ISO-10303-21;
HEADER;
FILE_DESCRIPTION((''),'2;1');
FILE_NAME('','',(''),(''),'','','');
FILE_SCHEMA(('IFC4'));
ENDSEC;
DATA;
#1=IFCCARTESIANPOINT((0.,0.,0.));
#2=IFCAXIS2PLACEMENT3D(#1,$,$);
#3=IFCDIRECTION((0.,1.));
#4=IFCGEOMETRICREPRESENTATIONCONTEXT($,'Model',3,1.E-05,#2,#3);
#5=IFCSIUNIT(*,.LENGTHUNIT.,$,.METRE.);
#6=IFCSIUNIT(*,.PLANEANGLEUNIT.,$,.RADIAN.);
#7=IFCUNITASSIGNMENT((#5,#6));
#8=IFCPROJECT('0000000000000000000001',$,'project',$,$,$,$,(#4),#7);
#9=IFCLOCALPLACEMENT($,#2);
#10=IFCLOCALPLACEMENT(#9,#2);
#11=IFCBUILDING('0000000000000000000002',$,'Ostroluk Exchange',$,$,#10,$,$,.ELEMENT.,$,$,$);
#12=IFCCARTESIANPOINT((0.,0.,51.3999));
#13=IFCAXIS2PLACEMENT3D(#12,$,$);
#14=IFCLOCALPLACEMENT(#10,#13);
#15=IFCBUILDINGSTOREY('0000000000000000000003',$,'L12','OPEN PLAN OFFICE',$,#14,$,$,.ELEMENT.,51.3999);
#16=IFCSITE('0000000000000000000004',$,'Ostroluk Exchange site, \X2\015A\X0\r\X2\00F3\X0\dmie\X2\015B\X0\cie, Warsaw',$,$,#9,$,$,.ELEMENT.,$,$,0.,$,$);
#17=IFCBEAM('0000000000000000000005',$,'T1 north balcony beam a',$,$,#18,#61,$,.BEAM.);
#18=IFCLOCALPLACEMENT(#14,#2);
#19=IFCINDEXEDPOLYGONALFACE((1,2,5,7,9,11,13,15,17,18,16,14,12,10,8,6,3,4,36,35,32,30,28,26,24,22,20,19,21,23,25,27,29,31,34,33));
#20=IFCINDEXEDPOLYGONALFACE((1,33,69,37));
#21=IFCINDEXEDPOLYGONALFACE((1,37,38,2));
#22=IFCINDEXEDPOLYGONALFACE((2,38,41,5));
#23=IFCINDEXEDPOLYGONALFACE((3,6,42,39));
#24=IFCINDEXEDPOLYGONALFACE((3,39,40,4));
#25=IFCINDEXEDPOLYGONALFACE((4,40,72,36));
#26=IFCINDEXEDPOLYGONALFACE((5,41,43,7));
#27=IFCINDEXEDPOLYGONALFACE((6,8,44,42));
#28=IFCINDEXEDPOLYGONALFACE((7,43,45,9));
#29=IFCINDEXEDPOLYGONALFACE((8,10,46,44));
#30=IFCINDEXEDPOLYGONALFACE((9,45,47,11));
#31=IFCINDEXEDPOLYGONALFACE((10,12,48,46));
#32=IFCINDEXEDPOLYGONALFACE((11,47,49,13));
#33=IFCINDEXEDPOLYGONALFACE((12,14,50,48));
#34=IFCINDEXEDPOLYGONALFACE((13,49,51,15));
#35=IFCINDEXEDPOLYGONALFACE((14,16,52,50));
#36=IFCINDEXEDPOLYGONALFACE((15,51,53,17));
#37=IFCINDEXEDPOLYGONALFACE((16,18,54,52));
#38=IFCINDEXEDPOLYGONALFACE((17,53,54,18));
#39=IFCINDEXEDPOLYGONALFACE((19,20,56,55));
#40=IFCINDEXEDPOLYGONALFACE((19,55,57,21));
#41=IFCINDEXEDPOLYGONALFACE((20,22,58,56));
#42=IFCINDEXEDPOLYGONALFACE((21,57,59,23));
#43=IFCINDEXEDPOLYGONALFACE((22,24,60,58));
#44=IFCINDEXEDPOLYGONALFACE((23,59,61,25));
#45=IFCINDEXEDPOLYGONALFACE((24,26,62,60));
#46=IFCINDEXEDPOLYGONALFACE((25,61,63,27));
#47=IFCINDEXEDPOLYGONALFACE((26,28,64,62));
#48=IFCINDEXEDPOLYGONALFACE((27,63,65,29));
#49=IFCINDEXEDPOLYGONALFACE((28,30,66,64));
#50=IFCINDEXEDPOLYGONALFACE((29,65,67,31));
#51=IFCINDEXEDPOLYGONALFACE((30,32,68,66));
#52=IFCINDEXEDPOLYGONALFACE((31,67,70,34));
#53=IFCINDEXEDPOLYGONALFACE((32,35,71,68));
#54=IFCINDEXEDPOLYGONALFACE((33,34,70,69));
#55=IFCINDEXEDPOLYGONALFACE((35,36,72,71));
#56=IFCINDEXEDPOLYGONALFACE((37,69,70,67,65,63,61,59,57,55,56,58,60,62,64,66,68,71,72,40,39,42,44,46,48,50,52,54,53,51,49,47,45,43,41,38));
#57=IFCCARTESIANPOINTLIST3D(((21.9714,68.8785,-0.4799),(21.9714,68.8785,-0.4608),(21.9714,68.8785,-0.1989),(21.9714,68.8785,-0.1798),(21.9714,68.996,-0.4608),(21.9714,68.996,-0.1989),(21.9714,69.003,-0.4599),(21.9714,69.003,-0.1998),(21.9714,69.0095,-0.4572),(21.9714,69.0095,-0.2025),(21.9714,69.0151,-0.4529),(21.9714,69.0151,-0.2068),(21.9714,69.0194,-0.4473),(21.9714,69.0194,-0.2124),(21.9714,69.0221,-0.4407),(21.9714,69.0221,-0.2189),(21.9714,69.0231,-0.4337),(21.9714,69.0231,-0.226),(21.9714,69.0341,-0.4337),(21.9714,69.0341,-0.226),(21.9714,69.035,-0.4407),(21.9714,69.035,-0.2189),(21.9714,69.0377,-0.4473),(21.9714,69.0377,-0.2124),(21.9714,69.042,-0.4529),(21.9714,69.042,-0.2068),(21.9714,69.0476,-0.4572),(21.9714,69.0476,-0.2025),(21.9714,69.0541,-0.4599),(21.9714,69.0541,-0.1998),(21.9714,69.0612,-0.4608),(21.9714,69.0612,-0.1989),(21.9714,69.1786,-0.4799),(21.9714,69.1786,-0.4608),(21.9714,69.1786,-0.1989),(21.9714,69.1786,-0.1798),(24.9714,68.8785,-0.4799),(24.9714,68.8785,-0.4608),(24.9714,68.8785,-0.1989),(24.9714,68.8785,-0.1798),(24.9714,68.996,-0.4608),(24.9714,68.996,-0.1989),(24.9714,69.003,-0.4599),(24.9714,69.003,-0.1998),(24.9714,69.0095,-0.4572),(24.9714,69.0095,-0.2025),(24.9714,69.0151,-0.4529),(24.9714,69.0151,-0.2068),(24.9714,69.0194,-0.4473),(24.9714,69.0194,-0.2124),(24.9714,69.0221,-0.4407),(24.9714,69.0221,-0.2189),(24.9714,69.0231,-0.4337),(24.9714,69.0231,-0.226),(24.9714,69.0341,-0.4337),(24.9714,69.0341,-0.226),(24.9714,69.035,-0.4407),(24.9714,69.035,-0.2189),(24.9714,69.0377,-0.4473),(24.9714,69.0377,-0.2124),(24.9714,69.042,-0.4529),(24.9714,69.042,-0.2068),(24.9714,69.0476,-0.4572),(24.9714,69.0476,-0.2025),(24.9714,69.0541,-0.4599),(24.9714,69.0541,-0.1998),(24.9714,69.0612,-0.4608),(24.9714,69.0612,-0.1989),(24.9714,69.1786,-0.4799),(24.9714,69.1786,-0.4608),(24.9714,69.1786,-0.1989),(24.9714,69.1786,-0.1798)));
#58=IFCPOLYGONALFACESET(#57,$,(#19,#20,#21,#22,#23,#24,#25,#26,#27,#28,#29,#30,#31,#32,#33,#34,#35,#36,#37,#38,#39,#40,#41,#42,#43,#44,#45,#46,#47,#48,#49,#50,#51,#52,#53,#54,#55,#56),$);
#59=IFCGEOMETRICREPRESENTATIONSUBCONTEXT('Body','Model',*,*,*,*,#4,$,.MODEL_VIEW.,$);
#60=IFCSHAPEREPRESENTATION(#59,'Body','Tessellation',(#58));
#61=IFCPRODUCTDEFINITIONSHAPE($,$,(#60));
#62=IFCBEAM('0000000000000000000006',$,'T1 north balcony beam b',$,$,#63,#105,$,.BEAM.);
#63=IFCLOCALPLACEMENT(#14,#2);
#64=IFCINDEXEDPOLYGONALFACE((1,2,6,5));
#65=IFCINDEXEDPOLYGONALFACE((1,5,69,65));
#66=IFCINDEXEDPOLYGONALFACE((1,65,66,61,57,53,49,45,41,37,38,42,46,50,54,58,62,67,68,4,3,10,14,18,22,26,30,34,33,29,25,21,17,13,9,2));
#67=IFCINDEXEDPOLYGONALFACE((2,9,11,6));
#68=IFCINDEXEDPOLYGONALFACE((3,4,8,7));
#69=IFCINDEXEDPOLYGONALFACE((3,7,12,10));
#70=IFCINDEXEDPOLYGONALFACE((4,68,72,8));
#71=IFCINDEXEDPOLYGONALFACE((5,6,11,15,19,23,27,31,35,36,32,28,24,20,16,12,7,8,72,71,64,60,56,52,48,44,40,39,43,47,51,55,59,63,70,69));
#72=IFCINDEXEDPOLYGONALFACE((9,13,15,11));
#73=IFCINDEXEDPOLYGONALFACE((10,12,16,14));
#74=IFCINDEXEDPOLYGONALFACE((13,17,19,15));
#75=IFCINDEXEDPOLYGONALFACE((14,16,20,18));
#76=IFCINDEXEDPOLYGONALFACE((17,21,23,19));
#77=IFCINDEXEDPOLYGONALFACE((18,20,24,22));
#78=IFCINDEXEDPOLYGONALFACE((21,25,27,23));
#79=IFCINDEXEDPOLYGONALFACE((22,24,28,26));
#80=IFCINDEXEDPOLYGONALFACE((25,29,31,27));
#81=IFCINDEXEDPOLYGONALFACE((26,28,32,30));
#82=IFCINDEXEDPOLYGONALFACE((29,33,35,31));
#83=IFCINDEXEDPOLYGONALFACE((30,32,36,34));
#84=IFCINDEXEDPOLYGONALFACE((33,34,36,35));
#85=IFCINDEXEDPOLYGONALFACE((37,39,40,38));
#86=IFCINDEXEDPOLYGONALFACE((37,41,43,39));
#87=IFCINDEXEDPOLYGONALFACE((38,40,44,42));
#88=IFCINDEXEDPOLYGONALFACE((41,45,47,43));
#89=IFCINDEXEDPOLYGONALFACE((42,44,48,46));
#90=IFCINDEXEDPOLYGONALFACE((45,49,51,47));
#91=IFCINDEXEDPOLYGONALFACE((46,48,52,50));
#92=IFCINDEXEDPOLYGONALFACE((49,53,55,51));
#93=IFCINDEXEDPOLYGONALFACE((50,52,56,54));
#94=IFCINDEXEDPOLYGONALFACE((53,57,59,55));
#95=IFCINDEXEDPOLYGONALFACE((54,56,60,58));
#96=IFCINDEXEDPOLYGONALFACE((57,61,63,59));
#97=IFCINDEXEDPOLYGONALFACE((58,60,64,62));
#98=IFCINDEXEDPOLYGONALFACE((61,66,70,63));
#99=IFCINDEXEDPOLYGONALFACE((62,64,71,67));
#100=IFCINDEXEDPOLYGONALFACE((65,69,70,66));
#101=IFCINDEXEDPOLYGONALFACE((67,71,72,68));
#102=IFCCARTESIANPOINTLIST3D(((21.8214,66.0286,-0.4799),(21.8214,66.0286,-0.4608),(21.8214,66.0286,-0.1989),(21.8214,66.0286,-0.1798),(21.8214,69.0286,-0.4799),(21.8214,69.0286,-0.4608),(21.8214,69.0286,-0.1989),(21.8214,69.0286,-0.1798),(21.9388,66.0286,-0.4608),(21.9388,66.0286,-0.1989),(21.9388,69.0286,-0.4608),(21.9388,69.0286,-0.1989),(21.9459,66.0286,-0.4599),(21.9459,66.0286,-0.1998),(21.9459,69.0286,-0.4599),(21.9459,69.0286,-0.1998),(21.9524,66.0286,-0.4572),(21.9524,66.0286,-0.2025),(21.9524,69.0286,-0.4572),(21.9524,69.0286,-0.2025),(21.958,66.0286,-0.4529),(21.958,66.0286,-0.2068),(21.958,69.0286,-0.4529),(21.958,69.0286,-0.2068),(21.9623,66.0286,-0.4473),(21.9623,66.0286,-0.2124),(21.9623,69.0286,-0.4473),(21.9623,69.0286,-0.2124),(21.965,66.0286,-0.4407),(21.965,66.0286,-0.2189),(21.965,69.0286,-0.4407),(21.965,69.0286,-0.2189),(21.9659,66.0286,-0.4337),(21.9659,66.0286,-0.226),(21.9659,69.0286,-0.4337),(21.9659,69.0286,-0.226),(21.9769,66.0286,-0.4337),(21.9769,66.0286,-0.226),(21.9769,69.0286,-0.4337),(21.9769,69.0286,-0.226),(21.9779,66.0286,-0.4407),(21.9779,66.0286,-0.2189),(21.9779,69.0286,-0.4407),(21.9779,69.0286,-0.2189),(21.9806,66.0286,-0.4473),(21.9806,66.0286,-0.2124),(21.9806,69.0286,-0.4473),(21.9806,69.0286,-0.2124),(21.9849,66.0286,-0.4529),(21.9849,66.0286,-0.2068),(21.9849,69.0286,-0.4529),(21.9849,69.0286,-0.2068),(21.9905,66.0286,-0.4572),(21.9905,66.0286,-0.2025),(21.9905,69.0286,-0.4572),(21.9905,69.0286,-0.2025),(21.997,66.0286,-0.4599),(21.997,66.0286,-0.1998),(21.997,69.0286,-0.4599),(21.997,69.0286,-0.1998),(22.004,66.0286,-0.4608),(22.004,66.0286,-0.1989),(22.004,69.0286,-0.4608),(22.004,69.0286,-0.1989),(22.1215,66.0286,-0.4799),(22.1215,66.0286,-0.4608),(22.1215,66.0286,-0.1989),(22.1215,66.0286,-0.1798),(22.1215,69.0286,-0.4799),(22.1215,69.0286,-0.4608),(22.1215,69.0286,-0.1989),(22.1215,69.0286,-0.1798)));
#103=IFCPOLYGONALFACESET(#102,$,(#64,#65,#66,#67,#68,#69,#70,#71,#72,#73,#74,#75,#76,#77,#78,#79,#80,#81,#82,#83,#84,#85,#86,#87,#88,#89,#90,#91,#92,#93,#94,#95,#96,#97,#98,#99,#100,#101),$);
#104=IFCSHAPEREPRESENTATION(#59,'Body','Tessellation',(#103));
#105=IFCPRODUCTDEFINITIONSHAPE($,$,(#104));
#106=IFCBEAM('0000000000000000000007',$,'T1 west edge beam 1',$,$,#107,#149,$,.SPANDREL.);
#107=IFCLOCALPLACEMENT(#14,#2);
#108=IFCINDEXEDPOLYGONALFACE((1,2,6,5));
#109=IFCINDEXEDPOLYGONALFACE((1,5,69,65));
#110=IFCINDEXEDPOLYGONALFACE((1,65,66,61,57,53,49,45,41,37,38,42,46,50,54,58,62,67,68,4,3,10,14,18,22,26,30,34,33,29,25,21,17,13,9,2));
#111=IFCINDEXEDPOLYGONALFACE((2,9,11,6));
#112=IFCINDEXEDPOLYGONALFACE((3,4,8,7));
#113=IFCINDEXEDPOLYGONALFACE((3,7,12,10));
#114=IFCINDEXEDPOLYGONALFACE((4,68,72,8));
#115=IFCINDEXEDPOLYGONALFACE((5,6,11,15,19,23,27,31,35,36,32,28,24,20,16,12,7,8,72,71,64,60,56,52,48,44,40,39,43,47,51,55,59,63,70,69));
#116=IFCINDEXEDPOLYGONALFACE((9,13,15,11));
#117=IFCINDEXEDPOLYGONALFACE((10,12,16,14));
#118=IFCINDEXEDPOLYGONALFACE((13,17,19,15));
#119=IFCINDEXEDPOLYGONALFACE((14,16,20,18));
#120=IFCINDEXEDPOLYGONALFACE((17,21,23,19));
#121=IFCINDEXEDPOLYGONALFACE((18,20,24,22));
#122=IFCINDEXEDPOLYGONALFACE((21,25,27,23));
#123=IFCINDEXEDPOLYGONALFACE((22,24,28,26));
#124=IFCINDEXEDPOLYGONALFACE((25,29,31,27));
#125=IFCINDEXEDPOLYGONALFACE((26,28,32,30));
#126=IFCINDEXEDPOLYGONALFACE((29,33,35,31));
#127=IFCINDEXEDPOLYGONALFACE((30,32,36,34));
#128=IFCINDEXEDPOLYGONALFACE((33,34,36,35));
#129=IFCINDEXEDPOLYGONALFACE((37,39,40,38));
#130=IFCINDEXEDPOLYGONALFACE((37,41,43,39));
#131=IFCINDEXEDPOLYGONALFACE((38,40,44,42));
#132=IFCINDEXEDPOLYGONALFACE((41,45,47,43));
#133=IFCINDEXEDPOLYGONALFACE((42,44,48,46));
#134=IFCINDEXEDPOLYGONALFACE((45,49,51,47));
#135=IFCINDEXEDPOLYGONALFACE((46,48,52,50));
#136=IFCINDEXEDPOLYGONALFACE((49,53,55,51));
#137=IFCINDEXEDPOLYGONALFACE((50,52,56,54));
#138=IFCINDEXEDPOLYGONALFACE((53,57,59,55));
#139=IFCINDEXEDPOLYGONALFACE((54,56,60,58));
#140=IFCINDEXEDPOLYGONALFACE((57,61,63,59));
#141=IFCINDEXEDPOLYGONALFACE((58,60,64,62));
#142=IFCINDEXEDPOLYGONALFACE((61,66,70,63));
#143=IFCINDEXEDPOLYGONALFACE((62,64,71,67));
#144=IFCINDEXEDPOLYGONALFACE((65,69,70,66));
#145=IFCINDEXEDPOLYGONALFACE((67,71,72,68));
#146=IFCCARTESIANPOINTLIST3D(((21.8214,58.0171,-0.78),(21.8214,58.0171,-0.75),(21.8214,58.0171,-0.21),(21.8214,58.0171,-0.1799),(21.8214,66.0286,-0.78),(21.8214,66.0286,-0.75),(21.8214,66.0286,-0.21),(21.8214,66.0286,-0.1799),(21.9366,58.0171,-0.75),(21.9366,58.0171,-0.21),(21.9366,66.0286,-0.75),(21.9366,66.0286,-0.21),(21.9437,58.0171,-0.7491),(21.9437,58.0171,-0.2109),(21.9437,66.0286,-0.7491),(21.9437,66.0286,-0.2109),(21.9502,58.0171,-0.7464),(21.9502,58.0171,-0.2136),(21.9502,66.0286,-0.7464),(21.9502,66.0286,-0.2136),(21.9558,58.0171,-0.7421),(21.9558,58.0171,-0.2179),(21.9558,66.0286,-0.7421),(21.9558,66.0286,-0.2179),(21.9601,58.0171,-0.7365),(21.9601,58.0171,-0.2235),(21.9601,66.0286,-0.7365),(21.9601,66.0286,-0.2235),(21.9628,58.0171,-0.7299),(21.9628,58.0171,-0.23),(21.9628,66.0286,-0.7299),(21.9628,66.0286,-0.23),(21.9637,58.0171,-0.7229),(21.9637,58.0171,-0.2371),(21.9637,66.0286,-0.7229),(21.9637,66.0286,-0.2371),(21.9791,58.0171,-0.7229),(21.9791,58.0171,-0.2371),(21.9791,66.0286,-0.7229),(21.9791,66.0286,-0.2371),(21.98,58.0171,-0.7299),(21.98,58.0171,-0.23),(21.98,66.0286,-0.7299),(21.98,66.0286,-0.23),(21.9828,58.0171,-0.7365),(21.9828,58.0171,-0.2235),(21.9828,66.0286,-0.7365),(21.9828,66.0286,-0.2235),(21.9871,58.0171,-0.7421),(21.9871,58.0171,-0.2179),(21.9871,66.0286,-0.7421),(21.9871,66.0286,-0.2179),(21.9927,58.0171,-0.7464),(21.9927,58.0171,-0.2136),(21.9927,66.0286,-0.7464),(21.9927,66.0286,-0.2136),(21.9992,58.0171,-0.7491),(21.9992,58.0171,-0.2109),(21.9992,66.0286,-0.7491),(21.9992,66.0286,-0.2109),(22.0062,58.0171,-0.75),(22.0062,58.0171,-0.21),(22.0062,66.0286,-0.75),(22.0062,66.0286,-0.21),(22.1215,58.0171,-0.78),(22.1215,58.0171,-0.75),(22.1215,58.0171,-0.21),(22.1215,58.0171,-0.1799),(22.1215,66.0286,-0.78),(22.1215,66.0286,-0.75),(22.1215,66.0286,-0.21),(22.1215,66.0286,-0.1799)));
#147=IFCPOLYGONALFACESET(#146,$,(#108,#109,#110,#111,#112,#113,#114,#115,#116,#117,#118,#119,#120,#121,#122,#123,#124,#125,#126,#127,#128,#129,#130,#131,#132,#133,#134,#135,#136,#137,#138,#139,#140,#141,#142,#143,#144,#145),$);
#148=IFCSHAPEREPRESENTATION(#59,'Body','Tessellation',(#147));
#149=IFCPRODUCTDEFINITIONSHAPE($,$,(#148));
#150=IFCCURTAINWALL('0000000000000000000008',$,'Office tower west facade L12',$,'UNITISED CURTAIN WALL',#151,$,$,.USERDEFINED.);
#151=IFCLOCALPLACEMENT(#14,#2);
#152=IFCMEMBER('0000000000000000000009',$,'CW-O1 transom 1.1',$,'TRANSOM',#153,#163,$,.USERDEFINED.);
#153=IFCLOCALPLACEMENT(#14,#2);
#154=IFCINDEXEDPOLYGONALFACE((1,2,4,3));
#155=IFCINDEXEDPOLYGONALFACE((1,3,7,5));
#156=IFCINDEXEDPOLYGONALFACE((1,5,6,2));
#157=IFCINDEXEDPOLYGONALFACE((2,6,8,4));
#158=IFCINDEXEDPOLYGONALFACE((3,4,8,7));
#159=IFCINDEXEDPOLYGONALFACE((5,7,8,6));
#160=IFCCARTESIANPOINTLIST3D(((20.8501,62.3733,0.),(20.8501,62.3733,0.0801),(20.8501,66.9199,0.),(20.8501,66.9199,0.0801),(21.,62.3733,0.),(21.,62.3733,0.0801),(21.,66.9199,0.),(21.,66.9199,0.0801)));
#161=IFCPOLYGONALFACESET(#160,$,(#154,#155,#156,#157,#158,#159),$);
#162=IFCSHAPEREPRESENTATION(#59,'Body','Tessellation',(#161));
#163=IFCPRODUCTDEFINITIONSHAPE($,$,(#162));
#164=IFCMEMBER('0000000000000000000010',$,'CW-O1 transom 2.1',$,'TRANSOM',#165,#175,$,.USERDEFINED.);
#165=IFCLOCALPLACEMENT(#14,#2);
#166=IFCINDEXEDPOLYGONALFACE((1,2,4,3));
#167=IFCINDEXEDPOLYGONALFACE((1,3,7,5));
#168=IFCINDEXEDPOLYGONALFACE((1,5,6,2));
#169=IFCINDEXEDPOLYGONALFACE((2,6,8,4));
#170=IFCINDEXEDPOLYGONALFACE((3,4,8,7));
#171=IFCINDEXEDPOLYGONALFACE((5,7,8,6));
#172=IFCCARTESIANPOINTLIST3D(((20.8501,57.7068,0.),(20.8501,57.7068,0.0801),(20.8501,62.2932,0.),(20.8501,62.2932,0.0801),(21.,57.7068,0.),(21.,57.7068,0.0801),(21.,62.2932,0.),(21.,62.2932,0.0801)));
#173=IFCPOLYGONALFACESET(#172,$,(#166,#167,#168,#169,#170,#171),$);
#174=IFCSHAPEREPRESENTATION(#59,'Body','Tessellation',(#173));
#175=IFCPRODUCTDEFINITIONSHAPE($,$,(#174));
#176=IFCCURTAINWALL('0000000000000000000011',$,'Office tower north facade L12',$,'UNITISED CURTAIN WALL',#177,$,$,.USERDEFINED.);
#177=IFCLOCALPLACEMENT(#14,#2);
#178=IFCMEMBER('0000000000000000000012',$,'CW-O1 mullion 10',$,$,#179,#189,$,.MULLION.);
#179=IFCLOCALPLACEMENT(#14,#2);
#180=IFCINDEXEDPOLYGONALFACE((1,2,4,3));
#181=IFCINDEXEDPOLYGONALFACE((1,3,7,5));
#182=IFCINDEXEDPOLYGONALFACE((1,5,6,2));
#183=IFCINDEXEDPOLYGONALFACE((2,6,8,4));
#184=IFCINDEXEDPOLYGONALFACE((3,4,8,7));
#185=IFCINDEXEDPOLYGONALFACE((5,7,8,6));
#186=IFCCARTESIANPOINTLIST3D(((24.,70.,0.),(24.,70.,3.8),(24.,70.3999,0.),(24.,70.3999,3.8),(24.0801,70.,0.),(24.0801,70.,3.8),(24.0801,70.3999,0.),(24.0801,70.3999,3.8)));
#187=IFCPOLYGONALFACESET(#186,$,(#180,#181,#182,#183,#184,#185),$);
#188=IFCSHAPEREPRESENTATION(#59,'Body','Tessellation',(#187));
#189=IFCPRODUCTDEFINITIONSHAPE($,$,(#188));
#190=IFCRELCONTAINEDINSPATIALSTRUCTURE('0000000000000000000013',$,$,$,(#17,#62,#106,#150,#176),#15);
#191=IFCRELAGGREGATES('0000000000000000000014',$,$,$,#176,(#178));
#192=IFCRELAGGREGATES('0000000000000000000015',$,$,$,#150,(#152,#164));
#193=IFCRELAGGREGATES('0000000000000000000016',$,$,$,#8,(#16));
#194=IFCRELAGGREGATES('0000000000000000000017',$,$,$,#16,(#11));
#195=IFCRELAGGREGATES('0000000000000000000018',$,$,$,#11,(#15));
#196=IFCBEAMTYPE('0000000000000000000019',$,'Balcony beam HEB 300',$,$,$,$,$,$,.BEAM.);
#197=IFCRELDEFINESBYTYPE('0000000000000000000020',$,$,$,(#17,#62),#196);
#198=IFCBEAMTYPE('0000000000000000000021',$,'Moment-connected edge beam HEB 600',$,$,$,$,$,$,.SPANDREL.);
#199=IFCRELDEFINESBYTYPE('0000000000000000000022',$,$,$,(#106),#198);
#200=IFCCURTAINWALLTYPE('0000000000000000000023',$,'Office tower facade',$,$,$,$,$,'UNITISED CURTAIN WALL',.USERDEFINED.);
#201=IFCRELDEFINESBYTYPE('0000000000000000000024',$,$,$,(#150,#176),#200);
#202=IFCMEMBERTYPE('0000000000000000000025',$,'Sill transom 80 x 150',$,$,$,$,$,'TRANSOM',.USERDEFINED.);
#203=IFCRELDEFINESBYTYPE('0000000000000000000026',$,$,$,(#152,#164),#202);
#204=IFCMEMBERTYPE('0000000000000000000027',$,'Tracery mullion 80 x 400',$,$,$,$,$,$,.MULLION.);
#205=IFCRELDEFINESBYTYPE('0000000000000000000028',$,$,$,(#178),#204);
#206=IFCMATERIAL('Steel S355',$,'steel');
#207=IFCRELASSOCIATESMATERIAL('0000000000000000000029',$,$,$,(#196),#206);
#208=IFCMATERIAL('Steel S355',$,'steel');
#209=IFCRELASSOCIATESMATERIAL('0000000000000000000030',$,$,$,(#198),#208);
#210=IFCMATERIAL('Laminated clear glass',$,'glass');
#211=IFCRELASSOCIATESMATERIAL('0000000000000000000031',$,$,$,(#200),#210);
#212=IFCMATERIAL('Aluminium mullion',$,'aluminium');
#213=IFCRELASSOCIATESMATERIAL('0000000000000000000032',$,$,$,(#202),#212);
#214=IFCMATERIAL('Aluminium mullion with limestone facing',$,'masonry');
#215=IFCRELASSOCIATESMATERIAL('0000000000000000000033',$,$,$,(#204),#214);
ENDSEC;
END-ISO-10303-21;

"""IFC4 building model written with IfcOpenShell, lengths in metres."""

from ifc_helpers import new_model, si_unit, direction, frame, origin, origin_2d, place, context, subcontext, project, spatial, rectangle, i_section, extrude, material, material_profile, profile_set, type_object, element, aggregate, save


model = new_model("IFC4")

# Units and contexts
model_context = context("Model", 3, precision=1e-05, world=origin(), true_north=direction((0.0, 1.0)))
body_context = subcontext(model_context, "Body", "Model", "MODEL_VIEW")
ifc_project = project(units=[si_unit("LENGTHUNIT", "METRE"), si_unit("PLANEANGLEUNIT", "RADIAN")], contexts=[model_context])

# Site, building, storey
site_placement = place(None, origin())
site = spatial("IfcSite", under=ifc_project, at=site_placement, Name="Ostroluk Exchange site, Śródmieście, Warsaw", CompositionType="ELEMENT", RefElevation=0.0)
building_placement = place(site_placement, origin())
building = spatial("IfcBuilding", under=site, at=building_placement, Name="Ostroluk Exchange", CompositionType="ELEMENT")
storey_placement = place(building_placement, frame((0.0, 0.0, 51.3999)))
storey = spatial("IfcBuildingStorey", under=building, at=storey_placement, Name="L12", Description="OPEN PLAN OFFICE", CompositionType="ELEMENT", Elevation=51.3999)

# Beams
ifc_material_1 = material(Name="Steel S355", Category="steel")
ifc_material_profile_1 = material_profile(ifc_material_1, i_section(OverallWidth=0.3, OverallDepth=0.3, WebThickness=0.011, FlangeThickness=0.019, FilletRadius=0.0271, at=origin_2d()), Name="HEB 300")
ifc_profile_set_1 = profile_set([ifc_material_profile_1], Name="Steel S355")
beam_type_1 = type_object("IfcBeamType", Name="Balcony beam HEB 300", PredefinedType="BEAM", material=ifc_profile_set_1)
for number, where, z_axis, x_axis, name in (
    (1, (24.9714, 69.0286, -0.3298), (-1.0, 0.0, 0.0), (0.0, -1.0, 0.0), "T1 north balcony beam a"),
    (2, (21.9714, 66.0286, -0.3298), (0.0, 1.0, 0.0), (-1.0, 0.0, 0.0), "T1 north balcony beam b"),
):
    element("IfcBeam", number, at=place(storey_placement, frame(where, z_axis=z_axis, x_axis=x_axis)), inside=storey, type_object=beam_type_1, Name=name, PredefinedType="BEAM", context=body_context, shape_type="SweptSolid", body=[
        extrude(i_section(OverallWidth=0.3, OverallDepth=0.3, WebThickness=0.011, FlangeThickness=0.019, FilletRadius=0.0271, at=origin_2d()), origin(), (0.0, 0.0, 1.0), 3.0),
    ])
ifc_material_2 = material(Name="Steel S355", Category="steel")
ifc_material_profile_2 = material_profile(ifc_material_2, i_section(OverallWidth=0.3, OverallDepth=0.6001, WebThickness=0.0154, FlangeThickness=0.03, FilletRadius=0.0271, at=origin_2d()), Name="HEB 600")
ifc_profile_set_2 = profile_set([ifc_material_profile_2], Name="Steel S355")
beam_type_2 = type_object("IfcBeamType", Name="Moment-connected edge beam HEB 600", PredefinedType="SPANDREL", material=ifc_profile_set_2)
beam_placement = place(storey_placement, frame((21.9714, 66.0286, -0.48), z_axis=(0.0, -1.0, 0.0), x_axis=(1.0, 0.0, 0.0)))
element("IfcBeam", 3, at=beam_placement, inside=storey, type_object=beam_type_2, Name="T1 west edge beam 1", PredefinedType="SPANDREL", context=body_context, shape_type="SweptSolid", body=[
    extrude(i_section(OverallWidth=0.3, OverallDepth=0.6001, WebThickness=0.0154, FlangeThickness=0.03, FilletRadius=0.0271, at=origin_2d()), origin(), (0.0, 0.0, 1.0), 8.0115),
])

# Curtain wall, members
ifc_material_3 = material(Name="Laminated clear glass", Category="glass")
curtain_wall_type = type_object("IfcCurtainWallType", Name="Office tower facade", ElementType="UNITISED CURTAIN WALL", PredefinedType="USERDEFINED", material=ifc_material_3)
curtain_wall_1_placement = place(storey_placement, origin())
curtain_wall_1 = element("IfcCurtainWall", 4, at=curtain_wall_1_placement, inside=storey, type_object=curtain_wall_type, Name="Office tower west facade L12", ObjectType="UNITISED CURTAIN WALL", PredefinedType="USERDEFINED")
ifc_material_4 = material(Name="Aluminium mullion", Category="aluminium")
ifc_material_profile_3 = material_profile(ifc_material_4, rectangle(XDim=0.1499, YDim=0.0801, at=origin_2d()), Name="Sill transom 80 x 150")
ifc_profile_set_3 = profile_set([ifc_material_profile_3], Name="Aluminium mullion")
member_type_1 = type_object("IfcMemberType", Name="Sill transom 80 x 150", ElementType="TRANSOM", PredefinedType="USERDEFINED", material=ifc_profile_set_3)
member_1_placement = place(storey_placement, frame((20.925, 66.9199, 0.04), z_axis=(0.0, -1.0, 0.0), x_axis=(1.0, 0.0, 0.0)))
member_1 = element("IfcMember", 5, at=member_1_placement, type_object=member_type_1, Name="CW-O1 transom 1.1", ObjectType="TRANSOM", PredefinedType="USERDEFINED", context=body_context, shape_type="SweptSolid", body=[
    extrude(rectangle(XDim=0.1499, YDim=0.0801, at=origin_2d()), origin(), (0.0, 0.0, 1.0), 4.5466),
])
member_2_placement = place(storey_placement, frame((20.925, 62.2932, 0.04), z_axis=(0.0, -1.0, 0.0), x_axis=(1.0, 0.0, 0.0)))
member_2 = element("IfcMember", 6, at=member_2_placement, type_object=member_type_1, Name="CW-O1 transom 2.1", ObjectType="TRANSOM", PredefinedType="USERDEFINED", context=body_context, shape_type="SweptSolid", body=[
    extrude(rectangle(XDim=0.1499, YDim=0.0801, at=origin_2d()), origin(), (0.0, 0.0, 1.0), 4.5864),
])

# Curtain wall, member
curtain_wall_2_placement = place(storey_placement, origin())
curtain_wall_2 = element("IfcCurtainWall", 7, at=curtain_wall_2_placement, inside=storey, type_object=curtain_wall_type, Name="Office tower north facade L12", ObjectType="UNITISED CURTAIN WALL", PredefinedType="USERDEFINED")
ifc_material_5 = material(Name="Aluminium mullion with limestone facing", Category="masonry")
ifc_material_profile_4 = material_profile(ifc_material_5, rectangle(XDim=0.3999, YDim=0.0801, at=origin_2d()), Name="Tracery mullion 80 x 400")
ifc_profile_set_4 = profile_set([ifc_material_profile_4], Name="Aluminium mullion with limestone facing")
member_type_2 = type_object("IfcMemberType", Name="Tracery mullion 80 x 400", PredefinedType="MULLION", material=ifc_profile_set_4)
member_3_placement = place(storey_placement, frame((24.04, 70.2, 0.0), z_axis=(0.0, 0.0, 1.0), x_axis=(0.0, -1.0, 0.0)))
member_3 = element("IfcMember", 8, at=member_3_placement, type_object=member_type_2, Name="CW-O1 mullion 10", PredefinedType="MULLION", context=body_context, shape_type="SweptSolid", body=[
    extrude(rectangle(XDim=0.3999, YDim=0.0801, at=origin_2d()), origin(), (0.0, 0.0, 1.0), 3.8),
])
aggregate(curtain_wall_2, [member_3])

aggregate(curtain_wall_1, [member_1, member_2])

save(model, "model.ifc")
